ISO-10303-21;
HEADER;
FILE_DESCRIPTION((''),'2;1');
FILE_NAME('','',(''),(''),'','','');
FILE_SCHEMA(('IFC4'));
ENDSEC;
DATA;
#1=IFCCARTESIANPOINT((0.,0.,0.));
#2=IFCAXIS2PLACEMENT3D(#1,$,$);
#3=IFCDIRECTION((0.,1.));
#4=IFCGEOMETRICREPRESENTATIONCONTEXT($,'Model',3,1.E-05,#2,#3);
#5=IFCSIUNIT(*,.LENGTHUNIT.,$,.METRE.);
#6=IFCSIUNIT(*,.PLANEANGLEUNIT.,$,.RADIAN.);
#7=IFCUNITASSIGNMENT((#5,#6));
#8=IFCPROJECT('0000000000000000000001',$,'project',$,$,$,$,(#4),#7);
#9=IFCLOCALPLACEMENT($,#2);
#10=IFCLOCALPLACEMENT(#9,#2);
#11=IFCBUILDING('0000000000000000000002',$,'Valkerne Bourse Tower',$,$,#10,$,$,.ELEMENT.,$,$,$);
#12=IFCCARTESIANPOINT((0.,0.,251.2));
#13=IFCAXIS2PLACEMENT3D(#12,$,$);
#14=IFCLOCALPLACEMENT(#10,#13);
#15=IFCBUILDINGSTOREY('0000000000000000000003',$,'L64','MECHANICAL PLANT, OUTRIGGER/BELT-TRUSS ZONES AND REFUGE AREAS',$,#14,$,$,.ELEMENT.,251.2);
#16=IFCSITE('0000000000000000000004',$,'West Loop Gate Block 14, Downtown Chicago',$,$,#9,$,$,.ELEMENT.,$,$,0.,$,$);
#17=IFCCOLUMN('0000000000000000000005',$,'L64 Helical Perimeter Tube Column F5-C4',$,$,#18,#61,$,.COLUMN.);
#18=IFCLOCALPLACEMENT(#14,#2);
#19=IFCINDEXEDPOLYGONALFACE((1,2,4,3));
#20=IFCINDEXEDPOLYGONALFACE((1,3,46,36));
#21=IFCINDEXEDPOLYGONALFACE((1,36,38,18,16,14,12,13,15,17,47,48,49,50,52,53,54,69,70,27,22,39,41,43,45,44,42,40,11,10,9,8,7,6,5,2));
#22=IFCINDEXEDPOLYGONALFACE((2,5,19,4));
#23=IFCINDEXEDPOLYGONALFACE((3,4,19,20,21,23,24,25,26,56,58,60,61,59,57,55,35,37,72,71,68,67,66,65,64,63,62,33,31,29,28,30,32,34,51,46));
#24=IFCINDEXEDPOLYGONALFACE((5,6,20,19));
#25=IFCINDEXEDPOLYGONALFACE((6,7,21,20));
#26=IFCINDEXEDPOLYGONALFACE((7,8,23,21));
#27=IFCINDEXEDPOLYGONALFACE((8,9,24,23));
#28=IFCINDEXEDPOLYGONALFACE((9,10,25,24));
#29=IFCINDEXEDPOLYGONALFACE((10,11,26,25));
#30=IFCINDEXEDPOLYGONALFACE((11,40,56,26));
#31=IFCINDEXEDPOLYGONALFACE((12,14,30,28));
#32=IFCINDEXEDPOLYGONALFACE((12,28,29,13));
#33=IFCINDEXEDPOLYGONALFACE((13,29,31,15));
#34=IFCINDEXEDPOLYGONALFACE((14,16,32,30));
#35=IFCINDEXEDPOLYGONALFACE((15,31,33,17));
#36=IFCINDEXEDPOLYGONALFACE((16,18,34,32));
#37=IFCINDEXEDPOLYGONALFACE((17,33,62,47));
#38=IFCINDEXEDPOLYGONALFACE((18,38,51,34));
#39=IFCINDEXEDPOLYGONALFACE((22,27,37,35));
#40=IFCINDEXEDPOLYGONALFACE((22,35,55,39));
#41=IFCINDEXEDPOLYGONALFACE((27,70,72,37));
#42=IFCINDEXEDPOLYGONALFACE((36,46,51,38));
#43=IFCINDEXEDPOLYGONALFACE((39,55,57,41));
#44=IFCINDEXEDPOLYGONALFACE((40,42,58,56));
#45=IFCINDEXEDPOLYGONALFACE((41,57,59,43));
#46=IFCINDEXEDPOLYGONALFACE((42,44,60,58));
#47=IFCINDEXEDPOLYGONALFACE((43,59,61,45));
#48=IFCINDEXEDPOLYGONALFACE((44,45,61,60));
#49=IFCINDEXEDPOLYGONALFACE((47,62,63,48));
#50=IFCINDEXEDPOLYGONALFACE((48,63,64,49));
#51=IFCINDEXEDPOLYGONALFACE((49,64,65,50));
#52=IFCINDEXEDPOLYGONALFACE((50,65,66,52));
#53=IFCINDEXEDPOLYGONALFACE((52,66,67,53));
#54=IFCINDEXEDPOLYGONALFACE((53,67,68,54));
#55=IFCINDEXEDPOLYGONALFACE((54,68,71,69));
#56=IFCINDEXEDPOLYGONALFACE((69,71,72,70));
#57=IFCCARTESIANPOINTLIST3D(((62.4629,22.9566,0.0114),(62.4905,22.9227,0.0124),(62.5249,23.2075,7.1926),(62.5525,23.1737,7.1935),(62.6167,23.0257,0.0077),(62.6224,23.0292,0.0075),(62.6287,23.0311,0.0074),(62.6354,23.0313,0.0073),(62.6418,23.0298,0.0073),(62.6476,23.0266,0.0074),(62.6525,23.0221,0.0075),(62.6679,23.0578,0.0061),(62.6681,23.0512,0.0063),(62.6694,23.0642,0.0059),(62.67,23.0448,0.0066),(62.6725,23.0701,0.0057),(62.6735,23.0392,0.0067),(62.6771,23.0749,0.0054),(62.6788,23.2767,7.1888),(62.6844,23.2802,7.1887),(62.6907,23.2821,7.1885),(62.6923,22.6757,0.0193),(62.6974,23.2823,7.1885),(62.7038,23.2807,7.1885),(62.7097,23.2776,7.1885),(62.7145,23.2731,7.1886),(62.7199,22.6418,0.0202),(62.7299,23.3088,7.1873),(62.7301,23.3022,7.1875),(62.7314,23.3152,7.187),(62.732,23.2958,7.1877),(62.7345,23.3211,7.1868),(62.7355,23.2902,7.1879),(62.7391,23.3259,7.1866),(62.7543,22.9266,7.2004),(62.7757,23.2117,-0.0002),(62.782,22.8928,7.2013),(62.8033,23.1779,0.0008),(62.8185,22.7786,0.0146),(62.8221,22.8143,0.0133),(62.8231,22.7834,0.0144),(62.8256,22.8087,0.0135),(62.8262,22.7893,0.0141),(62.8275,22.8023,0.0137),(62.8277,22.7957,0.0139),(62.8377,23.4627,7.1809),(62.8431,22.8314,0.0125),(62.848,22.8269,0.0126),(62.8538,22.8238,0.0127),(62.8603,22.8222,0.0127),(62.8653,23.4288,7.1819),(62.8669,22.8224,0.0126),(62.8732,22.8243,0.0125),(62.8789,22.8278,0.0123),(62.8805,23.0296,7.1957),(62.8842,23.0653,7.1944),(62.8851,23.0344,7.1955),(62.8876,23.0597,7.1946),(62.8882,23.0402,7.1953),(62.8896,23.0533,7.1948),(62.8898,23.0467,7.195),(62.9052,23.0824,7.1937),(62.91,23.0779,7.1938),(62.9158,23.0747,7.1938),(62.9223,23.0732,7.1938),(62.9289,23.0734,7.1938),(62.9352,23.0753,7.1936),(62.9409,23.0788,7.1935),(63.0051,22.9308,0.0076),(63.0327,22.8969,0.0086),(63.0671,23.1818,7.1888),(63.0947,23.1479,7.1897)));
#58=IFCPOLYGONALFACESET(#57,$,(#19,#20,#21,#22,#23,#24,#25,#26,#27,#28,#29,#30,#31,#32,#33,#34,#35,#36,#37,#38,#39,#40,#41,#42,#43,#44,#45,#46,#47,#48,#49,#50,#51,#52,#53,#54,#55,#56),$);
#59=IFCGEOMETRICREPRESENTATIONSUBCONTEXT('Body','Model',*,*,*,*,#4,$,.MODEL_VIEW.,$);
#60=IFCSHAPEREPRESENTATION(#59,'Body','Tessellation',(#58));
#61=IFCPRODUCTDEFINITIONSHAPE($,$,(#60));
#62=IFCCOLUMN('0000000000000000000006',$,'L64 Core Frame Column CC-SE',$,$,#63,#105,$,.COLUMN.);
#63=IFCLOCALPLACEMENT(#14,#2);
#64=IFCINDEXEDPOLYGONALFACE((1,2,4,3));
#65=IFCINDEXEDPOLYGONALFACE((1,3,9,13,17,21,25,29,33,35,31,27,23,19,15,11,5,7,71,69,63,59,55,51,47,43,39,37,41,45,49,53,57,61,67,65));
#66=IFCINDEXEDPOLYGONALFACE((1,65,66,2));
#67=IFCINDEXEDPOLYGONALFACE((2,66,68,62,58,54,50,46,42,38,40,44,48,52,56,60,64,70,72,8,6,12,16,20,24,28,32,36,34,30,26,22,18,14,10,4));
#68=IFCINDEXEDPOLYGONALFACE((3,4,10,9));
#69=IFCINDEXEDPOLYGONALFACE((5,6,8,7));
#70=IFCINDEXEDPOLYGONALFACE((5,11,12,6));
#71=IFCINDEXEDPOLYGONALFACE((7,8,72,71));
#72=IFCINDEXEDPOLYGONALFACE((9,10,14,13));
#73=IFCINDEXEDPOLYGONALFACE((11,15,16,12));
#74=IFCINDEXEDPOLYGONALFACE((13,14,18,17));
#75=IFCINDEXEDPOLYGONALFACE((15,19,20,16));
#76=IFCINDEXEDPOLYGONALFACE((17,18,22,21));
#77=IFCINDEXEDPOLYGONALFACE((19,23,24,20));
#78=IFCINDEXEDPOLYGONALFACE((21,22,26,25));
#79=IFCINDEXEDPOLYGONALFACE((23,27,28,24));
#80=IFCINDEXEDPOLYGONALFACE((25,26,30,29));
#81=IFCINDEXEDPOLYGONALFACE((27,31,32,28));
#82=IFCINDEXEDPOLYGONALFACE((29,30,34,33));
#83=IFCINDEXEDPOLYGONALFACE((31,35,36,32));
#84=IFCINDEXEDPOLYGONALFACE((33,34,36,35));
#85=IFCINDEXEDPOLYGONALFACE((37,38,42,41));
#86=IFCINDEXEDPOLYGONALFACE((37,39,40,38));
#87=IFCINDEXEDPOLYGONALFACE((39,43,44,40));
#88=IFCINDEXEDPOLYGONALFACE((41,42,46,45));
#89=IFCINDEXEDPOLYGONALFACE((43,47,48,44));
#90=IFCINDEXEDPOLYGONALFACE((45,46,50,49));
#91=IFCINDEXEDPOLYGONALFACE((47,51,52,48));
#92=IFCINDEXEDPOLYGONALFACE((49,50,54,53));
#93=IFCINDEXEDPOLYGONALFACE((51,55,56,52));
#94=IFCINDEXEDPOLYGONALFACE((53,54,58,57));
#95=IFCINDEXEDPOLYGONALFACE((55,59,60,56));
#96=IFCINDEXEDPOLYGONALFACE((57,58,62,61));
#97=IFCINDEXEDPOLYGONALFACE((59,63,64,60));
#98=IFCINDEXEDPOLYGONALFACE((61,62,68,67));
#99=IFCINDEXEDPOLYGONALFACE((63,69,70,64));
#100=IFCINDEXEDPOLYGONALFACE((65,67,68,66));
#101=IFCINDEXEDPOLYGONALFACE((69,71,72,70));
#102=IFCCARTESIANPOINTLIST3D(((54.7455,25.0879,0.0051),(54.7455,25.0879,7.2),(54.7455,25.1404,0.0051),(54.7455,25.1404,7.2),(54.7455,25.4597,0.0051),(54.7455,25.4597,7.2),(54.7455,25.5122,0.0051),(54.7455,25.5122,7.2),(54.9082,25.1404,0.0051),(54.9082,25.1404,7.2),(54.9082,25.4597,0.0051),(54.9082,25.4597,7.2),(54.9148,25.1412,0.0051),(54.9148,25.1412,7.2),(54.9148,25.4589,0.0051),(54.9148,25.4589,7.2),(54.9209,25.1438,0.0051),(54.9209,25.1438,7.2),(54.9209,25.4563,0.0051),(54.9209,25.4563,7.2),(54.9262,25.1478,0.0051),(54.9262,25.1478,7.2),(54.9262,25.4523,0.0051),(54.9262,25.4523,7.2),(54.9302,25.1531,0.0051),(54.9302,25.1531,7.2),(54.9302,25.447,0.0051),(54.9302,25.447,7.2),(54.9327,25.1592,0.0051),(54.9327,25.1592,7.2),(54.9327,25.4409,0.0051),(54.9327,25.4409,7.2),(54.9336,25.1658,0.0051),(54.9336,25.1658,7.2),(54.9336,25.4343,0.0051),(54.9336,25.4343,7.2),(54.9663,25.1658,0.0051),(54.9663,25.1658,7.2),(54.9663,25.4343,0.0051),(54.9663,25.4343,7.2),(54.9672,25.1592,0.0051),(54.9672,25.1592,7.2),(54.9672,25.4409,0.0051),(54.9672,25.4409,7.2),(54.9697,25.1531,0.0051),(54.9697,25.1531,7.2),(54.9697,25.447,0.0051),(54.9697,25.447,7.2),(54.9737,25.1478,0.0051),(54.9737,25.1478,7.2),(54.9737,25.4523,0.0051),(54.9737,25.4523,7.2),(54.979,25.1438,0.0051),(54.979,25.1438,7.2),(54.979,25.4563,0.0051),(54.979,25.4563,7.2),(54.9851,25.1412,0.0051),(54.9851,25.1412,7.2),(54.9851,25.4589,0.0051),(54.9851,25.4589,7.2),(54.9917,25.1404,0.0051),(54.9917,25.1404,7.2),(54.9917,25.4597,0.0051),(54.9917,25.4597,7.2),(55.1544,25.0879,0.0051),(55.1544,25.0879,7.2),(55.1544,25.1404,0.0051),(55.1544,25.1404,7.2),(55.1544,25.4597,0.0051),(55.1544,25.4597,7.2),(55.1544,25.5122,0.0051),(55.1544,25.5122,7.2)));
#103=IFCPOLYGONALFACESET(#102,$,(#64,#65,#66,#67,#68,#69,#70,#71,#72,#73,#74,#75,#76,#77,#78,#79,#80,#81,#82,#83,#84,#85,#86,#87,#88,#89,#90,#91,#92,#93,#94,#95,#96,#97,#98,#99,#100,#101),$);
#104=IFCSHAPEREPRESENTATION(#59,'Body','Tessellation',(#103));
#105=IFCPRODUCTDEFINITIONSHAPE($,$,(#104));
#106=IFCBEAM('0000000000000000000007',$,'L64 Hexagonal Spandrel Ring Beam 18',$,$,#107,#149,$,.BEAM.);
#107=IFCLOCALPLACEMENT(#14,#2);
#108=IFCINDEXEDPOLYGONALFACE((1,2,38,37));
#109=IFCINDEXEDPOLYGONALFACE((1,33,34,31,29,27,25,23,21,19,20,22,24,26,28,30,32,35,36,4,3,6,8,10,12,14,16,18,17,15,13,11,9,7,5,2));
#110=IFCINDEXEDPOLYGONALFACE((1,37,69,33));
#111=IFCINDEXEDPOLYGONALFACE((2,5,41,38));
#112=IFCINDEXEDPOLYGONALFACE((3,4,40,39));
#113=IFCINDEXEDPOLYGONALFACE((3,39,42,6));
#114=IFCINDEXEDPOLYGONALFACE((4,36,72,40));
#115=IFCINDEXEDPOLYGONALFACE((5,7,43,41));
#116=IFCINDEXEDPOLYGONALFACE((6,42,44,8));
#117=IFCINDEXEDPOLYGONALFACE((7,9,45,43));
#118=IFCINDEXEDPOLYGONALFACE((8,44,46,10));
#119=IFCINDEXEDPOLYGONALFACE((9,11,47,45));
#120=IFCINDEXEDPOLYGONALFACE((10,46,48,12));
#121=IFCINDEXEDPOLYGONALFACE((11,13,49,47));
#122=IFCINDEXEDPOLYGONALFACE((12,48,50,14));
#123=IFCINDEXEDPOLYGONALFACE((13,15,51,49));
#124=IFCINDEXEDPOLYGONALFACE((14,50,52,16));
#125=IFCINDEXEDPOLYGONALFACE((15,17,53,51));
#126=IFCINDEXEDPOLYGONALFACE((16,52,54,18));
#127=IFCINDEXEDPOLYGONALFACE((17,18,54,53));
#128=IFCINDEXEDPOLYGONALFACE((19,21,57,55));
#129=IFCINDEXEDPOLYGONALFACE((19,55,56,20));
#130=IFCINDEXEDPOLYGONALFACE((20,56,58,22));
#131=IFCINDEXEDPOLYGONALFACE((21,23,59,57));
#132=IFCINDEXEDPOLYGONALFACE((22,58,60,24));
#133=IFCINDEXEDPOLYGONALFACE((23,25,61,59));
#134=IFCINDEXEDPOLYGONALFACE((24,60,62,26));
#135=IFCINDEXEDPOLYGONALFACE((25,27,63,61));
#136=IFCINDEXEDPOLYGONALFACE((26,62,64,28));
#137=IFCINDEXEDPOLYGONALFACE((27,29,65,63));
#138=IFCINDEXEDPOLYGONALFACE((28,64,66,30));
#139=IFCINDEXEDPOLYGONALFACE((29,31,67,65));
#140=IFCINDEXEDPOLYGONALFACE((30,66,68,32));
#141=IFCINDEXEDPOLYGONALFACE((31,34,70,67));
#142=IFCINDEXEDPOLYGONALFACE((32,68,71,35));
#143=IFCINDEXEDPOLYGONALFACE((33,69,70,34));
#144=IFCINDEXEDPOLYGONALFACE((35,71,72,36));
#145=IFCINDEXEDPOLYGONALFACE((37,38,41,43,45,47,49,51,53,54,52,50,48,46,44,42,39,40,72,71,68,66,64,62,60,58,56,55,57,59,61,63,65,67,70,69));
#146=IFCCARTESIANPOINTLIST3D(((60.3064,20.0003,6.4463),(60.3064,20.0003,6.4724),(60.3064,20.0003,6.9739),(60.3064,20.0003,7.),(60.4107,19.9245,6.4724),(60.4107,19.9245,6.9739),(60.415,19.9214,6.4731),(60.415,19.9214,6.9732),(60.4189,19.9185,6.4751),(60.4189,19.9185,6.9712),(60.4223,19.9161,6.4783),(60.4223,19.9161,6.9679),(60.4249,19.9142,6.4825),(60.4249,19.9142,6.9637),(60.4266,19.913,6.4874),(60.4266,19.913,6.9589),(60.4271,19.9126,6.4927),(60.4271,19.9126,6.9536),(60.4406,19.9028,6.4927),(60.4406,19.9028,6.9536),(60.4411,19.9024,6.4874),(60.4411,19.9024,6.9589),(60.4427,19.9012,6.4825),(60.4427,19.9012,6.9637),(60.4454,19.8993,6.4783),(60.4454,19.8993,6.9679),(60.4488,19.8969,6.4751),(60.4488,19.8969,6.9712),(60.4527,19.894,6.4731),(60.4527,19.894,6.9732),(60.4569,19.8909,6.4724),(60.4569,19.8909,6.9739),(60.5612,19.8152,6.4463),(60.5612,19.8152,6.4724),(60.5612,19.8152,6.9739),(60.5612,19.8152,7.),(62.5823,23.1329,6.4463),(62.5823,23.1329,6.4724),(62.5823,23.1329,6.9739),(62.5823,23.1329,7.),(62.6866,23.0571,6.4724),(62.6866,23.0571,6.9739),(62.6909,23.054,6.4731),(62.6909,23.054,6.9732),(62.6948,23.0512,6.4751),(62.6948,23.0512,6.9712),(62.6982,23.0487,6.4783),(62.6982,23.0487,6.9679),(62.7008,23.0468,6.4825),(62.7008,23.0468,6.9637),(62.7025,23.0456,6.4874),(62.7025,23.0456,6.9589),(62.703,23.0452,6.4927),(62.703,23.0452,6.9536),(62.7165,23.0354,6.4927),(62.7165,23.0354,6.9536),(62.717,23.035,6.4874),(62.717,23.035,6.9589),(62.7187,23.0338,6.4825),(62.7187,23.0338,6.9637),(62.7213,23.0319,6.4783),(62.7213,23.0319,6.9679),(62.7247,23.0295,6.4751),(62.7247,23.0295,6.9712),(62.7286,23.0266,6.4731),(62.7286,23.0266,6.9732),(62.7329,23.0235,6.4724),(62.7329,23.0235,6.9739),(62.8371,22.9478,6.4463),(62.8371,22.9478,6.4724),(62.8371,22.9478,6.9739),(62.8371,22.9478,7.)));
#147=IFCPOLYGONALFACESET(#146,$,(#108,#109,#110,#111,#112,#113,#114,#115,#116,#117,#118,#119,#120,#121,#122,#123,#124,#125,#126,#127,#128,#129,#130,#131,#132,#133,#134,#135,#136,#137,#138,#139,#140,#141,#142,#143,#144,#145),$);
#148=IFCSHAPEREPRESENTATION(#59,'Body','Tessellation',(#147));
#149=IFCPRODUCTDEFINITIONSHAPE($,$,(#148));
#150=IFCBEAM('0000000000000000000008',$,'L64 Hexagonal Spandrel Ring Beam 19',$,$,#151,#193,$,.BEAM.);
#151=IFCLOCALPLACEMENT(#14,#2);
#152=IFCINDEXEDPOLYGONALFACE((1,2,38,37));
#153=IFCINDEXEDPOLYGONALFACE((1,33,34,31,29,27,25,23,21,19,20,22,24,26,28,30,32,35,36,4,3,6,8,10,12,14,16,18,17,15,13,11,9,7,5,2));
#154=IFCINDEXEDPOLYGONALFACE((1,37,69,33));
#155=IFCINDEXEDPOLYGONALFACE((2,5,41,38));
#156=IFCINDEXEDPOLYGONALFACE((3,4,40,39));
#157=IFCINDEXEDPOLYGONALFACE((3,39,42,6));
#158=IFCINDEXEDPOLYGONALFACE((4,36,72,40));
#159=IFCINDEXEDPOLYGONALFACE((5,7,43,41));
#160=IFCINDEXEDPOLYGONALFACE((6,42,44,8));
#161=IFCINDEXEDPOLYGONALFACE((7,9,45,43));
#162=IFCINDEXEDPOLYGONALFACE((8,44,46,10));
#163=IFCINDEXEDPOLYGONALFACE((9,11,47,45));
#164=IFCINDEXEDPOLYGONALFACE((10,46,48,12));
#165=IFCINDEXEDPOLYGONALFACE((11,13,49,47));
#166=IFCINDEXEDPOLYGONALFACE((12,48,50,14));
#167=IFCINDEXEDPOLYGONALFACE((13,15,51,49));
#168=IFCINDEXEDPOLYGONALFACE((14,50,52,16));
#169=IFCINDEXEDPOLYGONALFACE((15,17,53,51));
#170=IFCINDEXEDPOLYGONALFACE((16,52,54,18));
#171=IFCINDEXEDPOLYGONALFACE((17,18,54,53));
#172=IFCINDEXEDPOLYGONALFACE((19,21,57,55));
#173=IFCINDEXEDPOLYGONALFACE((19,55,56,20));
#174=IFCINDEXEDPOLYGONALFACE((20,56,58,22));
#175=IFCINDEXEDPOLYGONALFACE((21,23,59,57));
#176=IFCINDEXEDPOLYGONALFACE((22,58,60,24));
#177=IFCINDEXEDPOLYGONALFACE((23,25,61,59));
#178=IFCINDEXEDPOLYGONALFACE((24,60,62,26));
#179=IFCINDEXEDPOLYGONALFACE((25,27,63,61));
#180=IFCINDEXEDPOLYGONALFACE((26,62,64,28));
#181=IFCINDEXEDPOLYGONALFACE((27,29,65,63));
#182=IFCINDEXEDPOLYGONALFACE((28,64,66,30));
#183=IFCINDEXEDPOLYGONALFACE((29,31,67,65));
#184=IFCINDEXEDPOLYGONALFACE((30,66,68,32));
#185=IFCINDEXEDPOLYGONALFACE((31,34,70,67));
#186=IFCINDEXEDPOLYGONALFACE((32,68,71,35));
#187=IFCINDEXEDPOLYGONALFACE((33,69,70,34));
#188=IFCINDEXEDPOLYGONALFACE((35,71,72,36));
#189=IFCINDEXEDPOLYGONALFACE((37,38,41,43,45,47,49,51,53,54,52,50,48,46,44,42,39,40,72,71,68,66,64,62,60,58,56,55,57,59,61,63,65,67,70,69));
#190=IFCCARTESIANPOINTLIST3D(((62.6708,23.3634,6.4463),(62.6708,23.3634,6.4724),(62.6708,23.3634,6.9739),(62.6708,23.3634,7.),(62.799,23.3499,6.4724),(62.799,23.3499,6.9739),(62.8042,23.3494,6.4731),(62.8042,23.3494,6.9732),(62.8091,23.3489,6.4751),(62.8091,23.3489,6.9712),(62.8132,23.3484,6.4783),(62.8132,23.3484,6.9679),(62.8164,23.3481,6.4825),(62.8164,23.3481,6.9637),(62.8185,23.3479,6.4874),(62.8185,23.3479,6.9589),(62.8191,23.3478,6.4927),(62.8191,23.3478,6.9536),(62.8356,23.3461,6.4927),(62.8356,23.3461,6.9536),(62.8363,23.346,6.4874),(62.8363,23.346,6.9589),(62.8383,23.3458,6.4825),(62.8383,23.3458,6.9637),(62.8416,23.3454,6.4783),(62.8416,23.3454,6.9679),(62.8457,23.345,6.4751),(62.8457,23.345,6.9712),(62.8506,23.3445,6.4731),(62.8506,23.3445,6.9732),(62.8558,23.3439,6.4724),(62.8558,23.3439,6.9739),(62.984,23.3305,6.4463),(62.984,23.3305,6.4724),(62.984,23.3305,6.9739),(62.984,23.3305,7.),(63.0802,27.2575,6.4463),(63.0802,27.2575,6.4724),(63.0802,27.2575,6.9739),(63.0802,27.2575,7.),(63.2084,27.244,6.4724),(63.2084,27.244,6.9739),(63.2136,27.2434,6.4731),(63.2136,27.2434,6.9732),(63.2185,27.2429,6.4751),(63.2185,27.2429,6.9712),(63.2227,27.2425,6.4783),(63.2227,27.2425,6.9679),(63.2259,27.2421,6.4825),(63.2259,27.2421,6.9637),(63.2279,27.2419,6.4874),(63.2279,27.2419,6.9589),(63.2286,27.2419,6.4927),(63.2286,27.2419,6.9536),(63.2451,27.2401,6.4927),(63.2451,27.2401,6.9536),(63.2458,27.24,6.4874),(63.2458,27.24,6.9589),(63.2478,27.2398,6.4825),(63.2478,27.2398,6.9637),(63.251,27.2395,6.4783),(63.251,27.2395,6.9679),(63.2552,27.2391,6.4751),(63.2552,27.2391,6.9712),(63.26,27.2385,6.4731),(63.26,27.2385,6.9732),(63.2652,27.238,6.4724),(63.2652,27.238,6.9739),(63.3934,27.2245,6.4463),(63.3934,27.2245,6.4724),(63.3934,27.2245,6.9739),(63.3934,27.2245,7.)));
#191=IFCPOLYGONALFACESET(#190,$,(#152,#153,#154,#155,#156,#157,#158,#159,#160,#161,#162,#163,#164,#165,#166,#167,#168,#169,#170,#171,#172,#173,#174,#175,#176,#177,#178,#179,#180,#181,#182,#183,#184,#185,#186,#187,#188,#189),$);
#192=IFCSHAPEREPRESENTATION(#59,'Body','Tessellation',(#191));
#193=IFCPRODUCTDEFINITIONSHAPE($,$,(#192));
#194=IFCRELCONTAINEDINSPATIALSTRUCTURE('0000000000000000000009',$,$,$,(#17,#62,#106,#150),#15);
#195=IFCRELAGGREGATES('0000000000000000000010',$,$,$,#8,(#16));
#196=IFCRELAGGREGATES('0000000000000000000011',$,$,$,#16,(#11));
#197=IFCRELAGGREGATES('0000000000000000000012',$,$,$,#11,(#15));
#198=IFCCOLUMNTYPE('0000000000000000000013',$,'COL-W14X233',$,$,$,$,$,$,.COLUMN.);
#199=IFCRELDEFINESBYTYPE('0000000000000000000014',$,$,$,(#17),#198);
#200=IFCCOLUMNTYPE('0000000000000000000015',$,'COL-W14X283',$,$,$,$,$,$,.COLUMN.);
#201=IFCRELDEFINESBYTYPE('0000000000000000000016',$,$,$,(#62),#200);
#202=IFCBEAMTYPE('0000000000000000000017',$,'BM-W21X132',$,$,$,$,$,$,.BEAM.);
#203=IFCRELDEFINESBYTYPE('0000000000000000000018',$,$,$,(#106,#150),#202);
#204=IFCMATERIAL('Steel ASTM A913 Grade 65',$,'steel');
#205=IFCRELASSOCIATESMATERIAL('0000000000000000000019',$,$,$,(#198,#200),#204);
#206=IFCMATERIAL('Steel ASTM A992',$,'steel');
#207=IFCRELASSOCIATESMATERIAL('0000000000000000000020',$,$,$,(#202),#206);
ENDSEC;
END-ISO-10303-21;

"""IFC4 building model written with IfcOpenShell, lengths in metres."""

from ifc_helpers import new_model, si_unit, direction, frame, origin, origin_2d, place, context, subcontext, project, spatial, i_section, extrude, material, material_profile, profile_set, type_object, element, save


model = new_model("IFC4")

# Units and contexts
model_context = context("Model", 3, precision=1e-05, world=origin(), true_north=direction((0.0, 1.0)))
body_context = subcontext(model_context, "Body", "Model", "MODEL_VIEW")
ifc_project = project(units=[si_unit("LENGTHUNIT", "METRE"), si_unit("PLANEANGLEUNIT", "RADIAN")], contexts=[model_context])

# Site, building, storey
site_placement = place(None, origin())
site = spatial("IfcSite", under=ifc_project, at=site_placement, Name="West Loop Gate Block 14, Downtown Chicago", CompositionType="ELEMENT", RefElevation=0.0)
building_placement = place(site_placement, origin())
building = spatial("IfcBuilding", under=site, at=building_placement, Name="Valkerne Bourse Tower", CompositionType="ELEMENT")
storey_placement = place(building_placement, frame((0.0, 0.0, 251.2)))
storey = spatial("IfcBuildingStorey", under=building, at=storey_placement, Name="L64", Description="MECHANICAL PLANT, OUTRIGGER/BELT-TRUSS ZONES AND REFUGE AREAS", CompositionType="ELEMENT", Elevation=251.2)

# Columns
ifc_material_1 = material(Name="Steel ASTM A913 Grade 65", Category="steel")
ifc_material_profile_1 = material_profile(ifc_material_1, i_section(OverallWidth=0.4038, OverallDepth=0.4065, WebThickness=0.0271, FlangeThickness=0.0437, FilletRadius=0.0254, at=origin_2d()), Name="W14X233")
ifc_profile_set_1 = profile_set([ifc_material_profile_1], Name="Steel ASTM A913 Grade 65")
column_type_1 = type_object("IfcColumnType", Name="COL-W14X233", PredefinedType="COLUMN", material=ifc_profile_set_1)
column_1_placement = place(storey_placement, frame((62.7478, 22.9268, 0.01), z_axis=(0.00863, 0.034927, 0.999353), x_axis=(-0.774586, -0.631814, 0.02877)))
element("IfcColumn", 1, at=column_1_placement, inside=storey, type_object=column_type_1, Name="L64 Helical Perimeter Tube Column F5-C4", PredefinedType="COLUMN", context=body_context, shape_type="SweptSolid", body=[
    extrude(i_section(OverallWidth=0.4038, OverallDepth=0.4065, WebThickness=0.0271, FlangeThickness=0.0437, FilletRadius=0.0254, at=origin_2d()), origin(), (0.0, 0.0, 1.0), 7.1858),
])
ifc_material_profile_2 = material_profile(ifc_material_1, i_section(OverallWidth=0.4089, OverallDepth=0.4243, WebThickness=0.0327, FlangeThickness=0.0525, FilletRadius=0.0254, at=origin_2d()), Name="W14X283")
ifc_profile_set_2 = profile_set([ifc_material_profile_2], Name="Steel ASTM A913 Grade 65")
column_type_2 = type_object("IfcColumnType", Name="COL-W14X283", PredefinedType="COLUMN", material=ifc_profile_set_2)
column_2_placement = place(storey_placement, frame((54.95, 25.3, 0.0051), z_axis=(0.0, 0.0, 1.0), x_axis=(1.0, 0.0, 0.0)))
element("IfcColumn", 2, at=column_2_placement, inside=storey, type_object=column_type_2, Name="L64 Core Frame Column CC-SE", PredefinedType="COLUMN", context=body_context, shape_type="SweptSolid", body=[
    extrude(i_section(OverallWidth=0.4089, OverallDepth=0.4243, WebThickness=0.0327, FlangeThickness=0.0525, FilletRadius=0.0254, at=origin_2d()), origin(), (0.0, 0.0, 1.0), 7.1948),
])

# Beams
ifc_material_2 = material(Name="Steel ASTM A992", Category="steel")
ifc_material_profile_3 = material_profile(ifc_material_2, i_section(OverallWidth=0.3149, OverallDepth=0.5537, WebThickness=0.0166, FlangeThickness=0.0261, FilletRadius=0.0203, at=origin_2d()), Name="W21X132")
ifc_profile_set_3 = profile_set([ifc_material_profile_3], Name="Steel ASTM A992")
beam_type_1 = type_object("IfcBeamType", Name="BM-W21X132", PredefinedType="BEAM", material=ifc_profile_set_3)
beam_1_placement = place(storey_placement, frame((60.4338, 19.9077, 6.7231), z_axis=(0.587774, 0.809025, 0.0), x_axis=(-0.809025, 0.587774, 0.0)))
element("IfcBeam", 3, at=beam_1_placement, inside=storey, type_object=beam_type_1, Name="L64 Hexagonal Spandrel Ring Beam 18", PredefinedType="BEAM", context=body_context, shape_type="SweptSolid", body=[
    extrude(i_section(OverallWidth=0.3149, OverallDepth=0.5537, WebThickness=0.0166, FlangeThickness=0.0261, FilletRadius=0.0203, at=origin_2d()), origin(), (0.0, 0.0, 1.0), 3.8721),
])
beam_2_placement = place(storey_placement, frame((62.8274, 23.3469, 6.7231), z_axis=(0.104565, 0.994518, 0.0), x_axis=(-0.994518, 0.104565, 0.0)))
element("IfcBeam", 4, at=beam_2_placement, inside=storey, type_object=beam_type_1, Name="L64 Hexagonal Spandrel Ring Beam 19", PredefinedType="BEAM", context=body_context, shape_type="SweptSolid", body=[
    extrude(i_section(OverallWidth=0.3149, OverallDepth=0.5537, WebThickness=0.0166, FlangeThickness=0.0261, FilletRadius=0.0203, at=origin_2d()), origin(), (0.0, 0.0, 1.0), 3.9155),
])

save(model, "model.ifc")
